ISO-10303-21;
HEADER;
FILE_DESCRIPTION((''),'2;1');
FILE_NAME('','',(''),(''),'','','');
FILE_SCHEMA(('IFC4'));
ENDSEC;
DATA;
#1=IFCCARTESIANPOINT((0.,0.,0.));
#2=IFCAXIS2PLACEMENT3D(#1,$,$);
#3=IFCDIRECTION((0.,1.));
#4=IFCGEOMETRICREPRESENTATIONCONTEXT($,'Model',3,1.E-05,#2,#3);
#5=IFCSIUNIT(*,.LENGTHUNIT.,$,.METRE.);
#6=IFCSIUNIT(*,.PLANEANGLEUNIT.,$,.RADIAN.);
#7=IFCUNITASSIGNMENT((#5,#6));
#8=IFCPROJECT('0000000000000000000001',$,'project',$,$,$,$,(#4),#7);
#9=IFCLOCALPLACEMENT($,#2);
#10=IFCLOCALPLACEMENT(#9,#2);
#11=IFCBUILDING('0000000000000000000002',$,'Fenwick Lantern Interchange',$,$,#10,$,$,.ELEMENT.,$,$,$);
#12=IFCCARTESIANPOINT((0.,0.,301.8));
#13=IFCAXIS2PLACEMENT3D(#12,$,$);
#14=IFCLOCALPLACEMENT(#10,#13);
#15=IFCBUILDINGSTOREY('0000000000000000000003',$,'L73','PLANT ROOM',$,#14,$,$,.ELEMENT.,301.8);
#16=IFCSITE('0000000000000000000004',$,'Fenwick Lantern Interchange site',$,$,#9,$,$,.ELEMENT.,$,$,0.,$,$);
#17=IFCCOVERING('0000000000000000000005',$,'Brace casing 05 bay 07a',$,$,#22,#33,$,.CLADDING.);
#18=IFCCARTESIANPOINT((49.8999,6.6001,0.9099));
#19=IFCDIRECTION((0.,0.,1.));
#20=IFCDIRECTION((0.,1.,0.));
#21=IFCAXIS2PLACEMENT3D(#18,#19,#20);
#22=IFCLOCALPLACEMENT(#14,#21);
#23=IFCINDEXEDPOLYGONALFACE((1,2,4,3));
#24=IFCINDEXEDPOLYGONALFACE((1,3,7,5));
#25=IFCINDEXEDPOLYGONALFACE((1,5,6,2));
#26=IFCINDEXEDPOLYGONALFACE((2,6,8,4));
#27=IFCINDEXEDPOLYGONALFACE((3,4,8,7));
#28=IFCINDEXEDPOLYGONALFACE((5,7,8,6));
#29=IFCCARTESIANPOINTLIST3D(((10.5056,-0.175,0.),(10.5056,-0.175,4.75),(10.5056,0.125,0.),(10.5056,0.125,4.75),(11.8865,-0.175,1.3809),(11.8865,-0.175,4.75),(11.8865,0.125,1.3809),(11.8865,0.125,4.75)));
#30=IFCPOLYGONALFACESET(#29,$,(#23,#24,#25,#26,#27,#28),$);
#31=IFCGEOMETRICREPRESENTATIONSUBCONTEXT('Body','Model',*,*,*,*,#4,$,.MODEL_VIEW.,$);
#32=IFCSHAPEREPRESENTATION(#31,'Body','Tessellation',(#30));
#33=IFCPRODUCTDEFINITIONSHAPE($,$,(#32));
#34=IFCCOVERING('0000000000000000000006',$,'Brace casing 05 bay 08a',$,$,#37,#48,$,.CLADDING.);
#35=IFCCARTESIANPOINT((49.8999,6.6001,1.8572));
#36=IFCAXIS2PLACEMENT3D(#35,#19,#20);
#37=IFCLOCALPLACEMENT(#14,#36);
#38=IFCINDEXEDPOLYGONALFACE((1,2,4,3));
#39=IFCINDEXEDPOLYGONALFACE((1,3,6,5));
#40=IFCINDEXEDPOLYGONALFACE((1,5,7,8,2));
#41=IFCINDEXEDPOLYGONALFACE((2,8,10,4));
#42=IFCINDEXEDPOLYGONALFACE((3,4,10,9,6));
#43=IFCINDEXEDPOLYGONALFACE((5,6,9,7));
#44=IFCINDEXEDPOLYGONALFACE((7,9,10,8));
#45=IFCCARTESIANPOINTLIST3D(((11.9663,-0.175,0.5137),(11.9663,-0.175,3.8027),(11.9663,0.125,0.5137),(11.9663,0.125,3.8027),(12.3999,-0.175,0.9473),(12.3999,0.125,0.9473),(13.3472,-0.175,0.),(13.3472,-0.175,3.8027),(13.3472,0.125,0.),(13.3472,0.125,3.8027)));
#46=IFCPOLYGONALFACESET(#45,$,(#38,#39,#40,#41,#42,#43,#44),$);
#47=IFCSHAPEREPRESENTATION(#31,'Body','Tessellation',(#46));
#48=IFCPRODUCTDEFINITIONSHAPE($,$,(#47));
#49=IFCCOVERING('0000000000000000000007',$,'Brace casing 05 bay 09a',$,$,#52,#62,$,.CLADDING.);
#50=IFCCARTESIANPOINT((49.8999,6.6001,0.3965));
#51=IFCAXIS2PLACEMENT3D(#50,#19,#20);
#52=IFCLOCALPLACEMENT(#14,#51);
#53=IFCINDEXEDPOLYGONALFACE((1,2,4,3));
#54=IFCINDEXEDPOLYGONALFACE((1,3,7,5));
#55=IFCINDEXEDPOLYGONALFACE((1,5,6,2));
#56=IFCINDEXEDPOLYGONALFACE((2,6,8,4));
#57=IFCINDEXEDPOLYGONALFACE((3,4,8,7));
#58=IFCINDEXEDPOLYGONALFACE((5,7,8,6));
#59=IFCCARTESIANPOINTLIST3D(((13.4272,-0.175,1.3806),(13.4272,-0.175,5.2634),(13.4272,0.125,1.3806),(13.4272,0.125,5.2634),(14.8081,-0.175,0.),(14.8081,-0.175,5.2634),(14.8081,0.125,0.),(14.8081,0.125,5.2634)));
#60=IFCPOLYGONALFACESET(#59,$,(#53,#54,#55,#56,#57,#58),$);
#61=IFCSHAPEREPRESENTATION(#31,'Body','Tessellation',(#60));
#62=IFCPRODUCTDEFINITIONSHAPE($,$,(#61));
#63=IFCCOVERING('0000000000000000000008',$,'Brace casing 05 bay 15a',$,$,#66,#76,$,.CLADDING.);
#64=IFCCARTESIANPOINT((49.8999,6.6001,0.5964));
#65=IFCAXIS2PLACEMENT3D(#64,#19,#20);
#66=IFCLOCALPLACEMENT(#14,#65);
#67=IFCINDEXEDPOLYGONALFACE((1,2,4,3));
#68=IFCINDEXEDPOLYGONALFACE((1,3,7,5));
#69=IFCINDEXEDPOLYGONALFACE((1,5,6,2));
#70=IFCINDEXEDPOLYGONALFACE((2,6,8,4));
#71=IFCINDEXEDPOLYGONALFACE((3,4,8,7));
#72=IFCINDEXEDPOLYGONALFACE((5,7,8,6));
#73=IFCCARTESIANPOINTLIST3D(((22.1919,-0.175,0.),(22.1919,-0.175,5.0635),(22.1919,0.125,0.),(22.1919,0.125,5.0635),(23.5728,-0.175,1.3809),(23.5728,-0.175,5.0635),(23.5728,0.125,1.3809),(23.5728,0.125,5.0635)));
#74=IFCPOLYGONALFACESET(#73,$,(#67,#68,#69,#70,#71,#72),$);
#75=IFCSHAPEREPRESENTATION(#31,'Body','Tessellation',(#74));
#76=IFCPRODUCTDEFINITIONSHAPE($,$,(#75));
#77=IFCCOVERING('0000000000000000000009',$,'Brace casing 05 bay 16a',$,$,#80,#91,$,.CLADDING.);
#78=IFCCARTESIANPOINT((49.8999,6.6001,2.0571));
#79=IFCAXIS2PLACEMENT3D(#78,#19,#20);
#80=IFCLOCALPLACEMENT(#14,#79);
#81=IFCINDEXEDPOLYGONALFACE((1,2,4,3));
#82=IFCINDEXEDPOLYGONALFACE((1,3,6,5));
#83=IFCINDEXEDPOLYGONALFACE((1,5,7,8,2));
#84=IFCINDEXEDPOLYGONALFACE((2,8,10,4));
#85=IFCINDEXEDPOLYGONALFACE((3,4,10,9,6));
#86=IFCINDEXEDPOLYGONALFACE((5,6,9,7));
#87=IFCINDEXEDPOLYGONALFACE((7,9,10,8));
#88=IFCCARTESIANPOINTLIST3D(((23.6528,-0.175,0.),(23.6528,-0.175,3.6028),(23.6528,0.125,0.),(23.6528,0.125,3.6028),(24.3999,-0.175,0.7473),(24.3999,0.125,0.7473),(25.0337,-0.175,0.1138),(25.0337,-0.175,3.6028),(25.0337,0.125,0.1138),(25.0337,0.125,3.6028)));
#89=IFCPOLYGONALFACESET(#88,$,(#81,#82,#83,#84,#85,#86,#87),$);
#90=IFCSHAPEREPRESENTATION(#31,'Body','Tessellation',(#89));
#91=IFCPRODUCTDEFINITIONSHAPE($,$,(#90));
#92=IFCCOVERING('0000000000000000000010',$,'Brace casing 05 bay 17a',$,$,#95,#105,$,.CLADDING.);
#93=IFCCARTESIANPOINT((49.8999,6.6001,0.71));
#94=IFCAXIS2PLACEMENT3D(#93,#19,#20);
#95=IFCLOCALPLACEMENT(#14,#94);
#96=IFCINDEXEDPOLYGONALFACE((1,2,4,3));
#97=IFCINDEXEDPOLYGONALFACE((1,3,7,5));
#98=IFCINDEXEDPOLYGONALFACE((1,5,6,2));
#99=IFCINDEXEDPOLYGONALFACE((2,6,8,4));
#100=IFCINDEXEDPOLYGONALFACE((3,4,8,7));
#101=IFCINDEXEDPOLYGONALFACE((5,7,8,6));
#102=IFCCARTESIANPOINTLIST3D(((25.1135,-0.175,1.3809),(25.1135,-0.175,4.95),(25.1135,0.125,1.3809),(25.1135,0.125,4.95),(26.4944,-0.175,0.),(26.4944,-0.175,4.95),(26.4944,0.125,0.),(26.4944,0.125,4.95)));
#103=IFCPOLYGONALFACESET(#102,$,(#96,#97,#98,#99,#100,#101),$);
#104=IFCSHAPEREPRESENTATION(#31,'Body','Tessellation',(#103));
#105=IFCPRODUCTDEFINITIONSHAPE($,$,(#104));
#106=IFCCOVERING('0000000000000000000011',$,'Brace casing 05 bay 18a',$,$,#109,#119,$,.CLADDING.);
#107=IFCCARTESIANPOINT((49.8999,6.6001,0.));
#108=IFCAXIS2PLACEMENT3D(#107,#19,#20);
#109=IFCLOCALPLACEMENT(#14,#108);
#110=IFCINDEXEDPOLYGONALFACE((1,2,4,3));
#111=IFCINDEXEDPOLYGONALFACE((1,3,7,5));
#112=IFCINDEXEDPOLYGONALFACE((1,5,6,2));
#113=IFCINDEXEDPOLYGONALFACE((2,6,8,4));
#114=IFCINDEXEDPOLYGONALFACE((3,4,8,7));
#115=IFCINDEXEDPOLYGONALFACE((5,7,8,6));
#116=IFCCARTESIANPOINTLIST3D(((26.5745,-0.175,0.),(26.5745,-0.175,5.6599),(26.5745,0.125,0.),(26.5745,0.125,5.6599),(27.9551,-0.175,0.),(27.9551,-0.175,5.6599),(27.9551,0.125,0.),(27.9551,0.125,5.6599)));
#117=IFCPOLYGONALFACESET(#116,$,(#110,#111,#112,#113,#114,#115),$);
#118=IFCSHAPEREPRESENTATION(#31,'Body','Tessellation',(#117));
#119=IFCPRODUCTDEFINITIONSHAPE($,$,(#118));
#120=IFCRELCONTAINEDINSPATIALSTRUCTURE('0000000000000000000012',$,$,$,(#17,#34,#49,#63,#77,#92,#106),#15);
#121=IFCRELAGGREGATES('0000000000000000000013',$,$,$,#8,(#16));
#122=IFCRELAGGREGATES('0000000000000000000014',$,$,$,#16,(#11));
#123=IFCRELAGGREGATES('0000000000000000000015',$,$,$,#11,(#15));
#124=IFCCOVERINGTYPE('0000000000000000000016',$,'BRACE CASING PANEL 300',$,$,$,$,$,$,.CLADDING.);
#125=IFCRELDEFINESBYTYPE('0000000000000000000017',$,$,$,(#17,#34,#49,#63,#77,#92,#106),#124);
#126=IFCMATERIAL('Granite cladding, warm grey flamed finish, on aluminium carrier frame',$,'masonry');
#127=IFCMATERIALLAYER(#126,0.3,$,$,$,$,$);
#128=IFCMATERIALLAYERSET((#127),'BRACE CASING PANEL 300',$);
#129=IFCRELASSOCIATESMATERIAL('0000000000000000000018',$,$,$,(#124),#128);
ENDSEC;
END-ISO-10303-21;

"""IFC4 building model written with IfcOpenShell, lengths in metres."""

from ifc_helpers import new_model, si_unit, direction, frame, origin, place, context, subcontext, project, spatial, polyline, outline, extrude, material, layer, layer_set, type_object, element, save


model = new_model("IFC4")

# Units and contexts
model_context = context("Model", 3, precision=1e-05, world=origin(), true_north=direction((0.0, 1.0)))
body_context = subcontext(model_context, "Body", "Model", "MODEL_VIEW")
ifc_project = project(units=[si_unit("LENGTHUNIT", "METRE"), si_unit("PLANEANGLEUNIT", "RADIAN")], contexts=[model_context])

# Site, building, storey
site_placement = place(None, origin())
site = spatial("IfcSite", under=ifc_project, at=site_placement, Name="Fenwick Lantern Interchange site", CompositionType="ELEMENT", RefElevation=0.0)
building_placement = place(site_placement, origin())
building = spatial("IfcBuilding", under=site, at=building_placement, Name="Fenwick Lantern Interchange", CompositionType="ELEMENT")
storey_placement = place(building_placement, frame((0.0, 0.0, 301.8)))
storey = spatial("IfcBuildingStorey", under=building, at=storey_placement, Name="L73", Description="PLANT ROOM", CompositionType="ELEMENT", Elevation=301.8)

# Coverings
ifc_material_1 = material(Name="Granite cladding, warm grey flamed finish, on aluminium carrier frame", Category="masonry")
ifc_layer_1 = layer(ifc_material_1, 0.3)
ifc_layer_set_1 = layer_set([ifc_layer_1], Name="BRACE CASING PANEL 300")
covering_type = type_object("IfcCoveringType", Name="BRACE CASING PANEL 300", PredefinedType="CLADDING", material=ifc_layer_set_1)
covering_1_placement = place(storey_placement, frame((49.8999, 6.6001, 0.9099), z_axis=(0.0, 0.0, 1.0), x_axis=(0.0, 1.0, 0.0)))
element("IfcCovering", 1, at=covering_1_placement, inside=storey, type_object=covering_type, Name="Brace casing 05 bay 07a", PredefinedType="CLADDING", context=body_context, shape_type="SweptSolid", body=[
    extrude(outline(polyline([(10.5056, 0.0), (11.8865, 1.3809), (11.8865, 4.75), (10.5056, 4.75), (10.5056, 0.0)])), frame((0.0, 0.125, 0.0), z_axis=(0.0, -1.0, 0.0), x_axis=(1.0, 0.0, 0.0)), (0.0, 0.0, 1.0), 0.3),
])
covering_2_placement = place(storey_placement, frame((49.8999, 6.6001, 1.8572), z_axis=(0.0, 0.0, 1.0), x_axis=(0.0, 1.0, 0.0)))
element("IfcCovering", 2, at=covering_2_placement, inside=storey, type_object=covering_type, Name="Brace casing 05 bay 08a", PredefinedType="CLADDING", context=body_context, shape_type="SweptSolid", body=[
    extrude(outline(polyline([(13.3472, 0.0), (13.3472, 3.8027), (11.9663, 3.8027), (11.9663, 0.5137), (12.3999, 0.9473), (13.3472, 0.0)])), frame((0.0, 0.125, 0.0), z_axis=(0.0, -1.0, 0.0), x_axis=(1.0, 0.0, 0.0)), (0.0, 0.0, 1.0), 0.3),
])
covering_3_placement = place(storey_placement, frame((49.8999, 6.6001, 0.3965), z_axis=(0.0, 0.0, 1.0), x_axis=(0.0, 1.0, 0.0)))
element("IfcCovering", 3, at=covering_3_placement, inside=storey, type_object=covering_type, Name="Brace casing 05 bay 09a", PredefinedType="CLADDING", context=body_context, shape_type="SweptSolid", body=[
    extrude(outline(polyline([(14.8081, 0.0), (14.8081, 5.2634), (13.4272, 5.2634), (13.4272, 1.3806), (14.8081, 0.0)])), frame((0.0, 0.125, 0.0), z_axis=(0.0, -1.0, 0.0), x_axis=(1.0, 0.0, 0.0)), (0.0, 0.0, 1.0), 0.3),
])
covering_4_placement = place(storey_placement, frame((49.8999, 6.6001, 0.5964), z_axis=(0.0, 0.0, 1.0), x_axis=(0.0, 1.0, 0.0)))
element("IfcCovering", 4, at=covering_4_placement, inside=storey, type_object=covering_type, Name="Brace casing 05 bay 15a", PredefinedType="CLADDING", context=body_context, shape_type="SweptSolid", body=[
    extrude(outline(polyline([(22.1919, 0.0), (23.5728, 1.3809), (23.5728, 5.0635), (22.1919, 5.0635), (22.1919, 0.0)])), frame((0.0, 0.125, 0.0), z_axis=(0.0, -1.0, 0.0), x_axis=(1.0, 0.0, 0.0)), (0.0, 0.0, 1.0), 0.3),
])
covering_5_placement = place(storey_placement, frame((49.8999, 6.6001, 2.0571), z_axis=(0.0, 0.0, 1.0), x_axis=(0.0, 1.0, 0.0)))
element("IfcCovering", 5, at=covering_5_placement, inside=storey, type_object=covering_type, Name="Brace casing 05 bay 16a", PredefinedType="CLADDING", context=body_context, shape_type="SweptSolid", body=[
    extrude(outline(polyline([(23.6528, 0.0), (24.3999, 0.7473), (25.0337, 0.1138), (25.0337, 3.6028), (23.6528, 3.6028), (23.6528, 0.0)])), frame((0.0, 0.125, 0.0), z_axis=(0.0, -1.0, 0.0), x_axis=(1.0, 0.0, 0.0)), (0.0, 0.0, 1.0), 0.3),
])
covering_6_placement = place(storey_placement, frame((49.8999, 6.6001, 0.71), z_axis=(0.0, 0.0, 1.0), x_axis=(0.0, 1.0, 0.0)))
element("IfcCovering", 6, at=covering_6_placement, inside=storey, type_object=covering_type, Name="Brace casing 05 bay 17a", PredefinedType="CLADDING", context=body_context, shape_type="SweptSolid", body=[
    extrude(outline(polyline([(26.4944, 0.0), (26.4944, 4.95), (25.1135, 4.95), (25.1135, 1.3809), (26.4944, 0.0)])), frame((0.0, 0.125, 0.0), z_axis=(0.0, -1.0, 0.0), x_axis=(1.0, 0.0, 0.0)), (0.0, 0.0, 1.0), 0.3),
])
covering_7_placement = place(storey_placement, frame((49.8999, 6.6001, 0.0), z_axis=(0.0, 0.0, 1.0), x_axis=(0.0, 1.0, 0.0)))
element("IfcCovering", 7, at=covering_7_placement, inside=storey, type_object=covering_type, Name="Brace casing 05 bay 18a", PredefinedType="CLADDING", context=body_context, shape_type="SweptSolid", body=[
    extrude(outline(polyline([(26.5745, 0.0), (27.9551, 0.0), (27.9551, 5.6599), (26.5745, 5.6599), (26.5745, 0.0)])), frame((0.0, 0.125, 0.0), z_axis=(0.0, -1.0, 0.0), x_axis=(1.0, 0.0, 0.0)), (0.0, 0.0, 1.0), 0.3),
])

save(model, "model.ifc")
